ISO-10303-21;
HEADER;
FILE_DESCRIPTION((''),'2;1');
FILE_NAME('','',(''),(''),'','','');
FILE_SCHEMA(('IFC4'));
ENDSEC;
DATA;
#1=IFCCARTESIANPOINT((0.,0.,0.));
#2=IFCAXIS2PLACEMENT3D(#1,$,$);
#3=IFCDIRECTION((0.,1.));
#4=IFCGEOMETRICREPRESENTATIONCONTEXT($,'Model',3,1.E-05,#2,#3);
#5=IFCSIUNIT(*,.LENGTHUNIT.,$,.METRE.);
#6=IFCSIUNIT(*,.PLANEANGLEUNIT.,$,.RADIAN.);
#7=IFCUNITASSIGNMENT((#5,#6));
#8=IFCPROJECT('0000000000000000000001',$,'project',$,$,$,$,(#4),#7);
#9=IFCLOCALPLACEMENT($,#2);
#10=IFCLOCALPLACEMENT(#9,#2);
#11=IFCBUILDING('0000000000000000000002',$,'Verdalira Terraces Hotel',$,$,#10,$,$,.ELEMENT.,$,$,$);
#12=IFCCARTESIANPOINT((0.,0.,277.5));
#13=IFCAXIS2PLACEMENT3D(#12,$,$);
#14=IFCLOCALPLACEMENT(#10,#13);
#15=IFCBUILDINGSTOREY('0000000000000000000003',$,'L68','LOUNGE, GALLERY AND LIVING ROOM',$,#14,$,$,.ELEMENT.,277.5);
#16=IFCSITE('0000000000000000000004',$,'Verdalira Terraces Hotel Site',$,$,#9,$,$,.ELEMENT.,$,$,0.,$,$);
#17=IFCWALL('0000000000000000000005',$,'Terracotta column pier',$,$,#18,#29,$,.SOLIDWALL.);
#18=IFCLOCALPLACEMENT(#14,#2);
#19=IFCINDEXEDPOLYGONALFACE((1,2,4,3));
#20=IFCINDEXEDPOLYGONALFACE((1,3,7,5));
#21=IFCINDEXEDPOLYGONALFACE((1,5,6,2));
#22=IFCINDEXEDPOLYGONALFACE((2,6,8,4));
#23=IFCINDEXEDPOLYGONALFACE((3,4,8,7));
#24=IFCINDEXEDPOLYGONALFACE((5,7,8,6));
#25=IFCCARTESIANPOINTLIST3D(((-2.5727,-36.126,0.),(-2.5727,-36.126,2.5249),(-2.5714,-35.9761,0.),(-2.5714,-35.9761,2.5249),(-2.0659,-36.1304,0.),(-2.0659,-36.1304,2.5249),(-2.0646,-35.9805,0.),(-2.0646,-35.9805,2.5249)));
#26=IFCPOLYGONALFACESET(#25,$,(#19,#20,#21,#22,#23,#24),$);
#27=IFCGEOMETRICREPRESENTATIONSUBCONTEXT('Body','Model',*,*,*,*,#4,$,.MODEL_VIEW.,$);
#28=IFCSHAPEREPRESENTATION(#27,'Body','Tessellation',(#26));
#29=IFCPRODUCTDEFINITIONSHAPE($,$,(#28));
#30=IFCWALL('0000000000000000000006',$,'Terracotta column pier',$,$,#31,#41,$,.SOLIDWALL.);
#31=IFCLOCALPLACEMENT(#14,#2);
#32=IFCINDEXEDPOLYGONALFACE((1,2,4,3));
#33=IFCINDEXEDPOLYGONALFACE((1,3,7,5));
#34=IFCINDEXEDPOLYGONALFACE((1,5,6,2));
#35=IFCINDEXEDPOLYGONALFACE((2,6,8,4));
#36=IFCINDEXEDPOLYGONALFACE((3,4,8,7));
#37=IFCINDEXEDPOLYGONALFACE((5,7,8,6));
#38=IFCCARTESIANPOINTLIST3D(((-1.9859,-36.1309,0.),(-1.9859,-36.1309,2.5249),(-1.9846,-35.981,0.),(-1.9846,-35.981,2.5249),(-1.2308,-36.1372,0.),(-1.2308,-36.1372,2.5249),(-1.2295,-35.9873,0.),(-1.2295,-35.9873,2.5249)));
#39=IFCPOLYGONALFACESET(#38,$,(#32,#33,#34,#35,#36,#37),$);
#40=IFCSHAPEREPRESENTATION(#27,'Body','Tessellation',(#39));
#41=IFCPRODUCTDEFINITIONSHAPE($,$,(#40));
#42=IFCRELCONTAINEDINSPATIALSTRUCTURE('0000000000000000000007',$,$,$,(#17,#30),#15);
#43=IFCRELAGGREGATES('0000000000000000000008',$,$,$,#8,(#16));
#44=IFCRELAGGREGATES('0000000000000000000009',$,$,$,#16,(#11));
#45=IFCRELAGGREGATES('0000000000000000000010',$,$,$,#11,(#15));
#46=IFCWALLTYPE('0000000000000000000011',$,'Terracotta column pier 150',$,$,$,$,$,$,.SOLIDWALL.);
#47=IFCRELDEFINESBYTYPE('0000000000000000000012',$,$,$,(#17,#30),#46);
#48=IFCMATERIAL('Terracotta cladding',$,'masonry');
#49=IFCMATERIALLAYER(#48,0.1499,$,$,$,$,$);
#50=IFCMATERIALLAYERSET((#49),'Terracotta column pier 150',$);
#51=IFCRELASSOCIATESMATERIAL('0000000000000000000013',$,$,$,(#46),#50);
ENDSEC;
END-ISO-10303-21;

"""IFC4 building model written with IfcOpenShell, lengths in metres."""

from ifc_helpers import new_model, si_unit, direction, frame, frame_2d, origin, place, context, subcontext, project, spatial, rectangle, extrude, material, layer, layer_set, type_object, element, save


model = new_model("IFC4")

# Units and contexts
model_context = context("Model", 3, precision=1e-05, world=origin(), true_north=direction((0.0, 1.0)))
body_context = subcontext(model_context, "Body", "Model", "MODEL_VIEW")
ifc_project = project(units=[si_unit("LENGTHUNIT", "METRE"), si_unit("PLANEANGLEUNIT", "RADIAN")], contexts=[model_context])

# Site, building, storey
site_placement = place(None, origin())
site = spatial("IfcSite", under=ifc_project, at=site_placement, Name="Verdalira Terraces Hotel Site", CompositionType="ELEMENT", RefElevation=0.0)
building_placement = place(site_placement, origin())
building = spatial("IfcBuilding", under=site, at=building_placement, Name="Verdalira Terraces Hotel", CompositionType="ELEMENT")
storey_placement = place(building_placement, frame((0.0, 0.0, 277.5)))
storey = spatial("IfcBuildingStorey", under=building, at=storey_placement, Name="L68", Description="LOUNGE, GALLERY AND LIVING ROOM", CompositionType="ELEMENT", Elevation=277.5)

# Walls
ifc_material_1 = material(Name="Terracotta cladding", Category="masonry")
ifc_layer_1 = layer(ifc_material_1, 0.1499)
ifc_layer_set_1 = layer_set([ifc_layer_1], Name="Terracotta column pier 150")
wall_type_1 = type_object("IfcWallType", Name="Terracotta column pier 150", PredefinedType="SOLIDWALL", material=ifc_layer_set_1)
wall_1_placement = place(storey_placement, frame((-2.572, -36.051, 0.0), z_axis=(0.0, 0.0, 1.0), x_axis=(0.999962, -0.00867, 0.0)))
element("IfcWall", 1, at=wall_1_placement, inside=storey, type_object=wall_type_1, Name="Terracotta column pier", PredefinedType="SOLIDWALL", context=body_context, shape_type="SweptSolid", body=[
    extrude(rectangle(XDim=0.5068, YDim=0.1499, at=frame_2d((0.2534, 0.0))), origin(), (0.0, 0.0, 1.0), 2.5249),
])
wall_2_placement = place(storey_placement, frame((-1.9851, -36.0559, 0.0), z_axis=(0.0, 0.0, 1.0), x_axis=(0.999965, -0.008406, 0.0)))
element("IfcWall", 2, at=wall_2_placement, inside=storey, type_object=wall_type_1, Name="Terracotta column pier", PredefinedType="SOLIDWALL", context=body_context, shape_type="SweptSolid", body=[
    extrude(rectangle(XDim=0.7551, YDim=0.1499, at=frame_2d((0.3774, 0.0))), origin(), (0.0, 0.0, 1.0), 2.5249),
])

save(model, "model.ifc")
